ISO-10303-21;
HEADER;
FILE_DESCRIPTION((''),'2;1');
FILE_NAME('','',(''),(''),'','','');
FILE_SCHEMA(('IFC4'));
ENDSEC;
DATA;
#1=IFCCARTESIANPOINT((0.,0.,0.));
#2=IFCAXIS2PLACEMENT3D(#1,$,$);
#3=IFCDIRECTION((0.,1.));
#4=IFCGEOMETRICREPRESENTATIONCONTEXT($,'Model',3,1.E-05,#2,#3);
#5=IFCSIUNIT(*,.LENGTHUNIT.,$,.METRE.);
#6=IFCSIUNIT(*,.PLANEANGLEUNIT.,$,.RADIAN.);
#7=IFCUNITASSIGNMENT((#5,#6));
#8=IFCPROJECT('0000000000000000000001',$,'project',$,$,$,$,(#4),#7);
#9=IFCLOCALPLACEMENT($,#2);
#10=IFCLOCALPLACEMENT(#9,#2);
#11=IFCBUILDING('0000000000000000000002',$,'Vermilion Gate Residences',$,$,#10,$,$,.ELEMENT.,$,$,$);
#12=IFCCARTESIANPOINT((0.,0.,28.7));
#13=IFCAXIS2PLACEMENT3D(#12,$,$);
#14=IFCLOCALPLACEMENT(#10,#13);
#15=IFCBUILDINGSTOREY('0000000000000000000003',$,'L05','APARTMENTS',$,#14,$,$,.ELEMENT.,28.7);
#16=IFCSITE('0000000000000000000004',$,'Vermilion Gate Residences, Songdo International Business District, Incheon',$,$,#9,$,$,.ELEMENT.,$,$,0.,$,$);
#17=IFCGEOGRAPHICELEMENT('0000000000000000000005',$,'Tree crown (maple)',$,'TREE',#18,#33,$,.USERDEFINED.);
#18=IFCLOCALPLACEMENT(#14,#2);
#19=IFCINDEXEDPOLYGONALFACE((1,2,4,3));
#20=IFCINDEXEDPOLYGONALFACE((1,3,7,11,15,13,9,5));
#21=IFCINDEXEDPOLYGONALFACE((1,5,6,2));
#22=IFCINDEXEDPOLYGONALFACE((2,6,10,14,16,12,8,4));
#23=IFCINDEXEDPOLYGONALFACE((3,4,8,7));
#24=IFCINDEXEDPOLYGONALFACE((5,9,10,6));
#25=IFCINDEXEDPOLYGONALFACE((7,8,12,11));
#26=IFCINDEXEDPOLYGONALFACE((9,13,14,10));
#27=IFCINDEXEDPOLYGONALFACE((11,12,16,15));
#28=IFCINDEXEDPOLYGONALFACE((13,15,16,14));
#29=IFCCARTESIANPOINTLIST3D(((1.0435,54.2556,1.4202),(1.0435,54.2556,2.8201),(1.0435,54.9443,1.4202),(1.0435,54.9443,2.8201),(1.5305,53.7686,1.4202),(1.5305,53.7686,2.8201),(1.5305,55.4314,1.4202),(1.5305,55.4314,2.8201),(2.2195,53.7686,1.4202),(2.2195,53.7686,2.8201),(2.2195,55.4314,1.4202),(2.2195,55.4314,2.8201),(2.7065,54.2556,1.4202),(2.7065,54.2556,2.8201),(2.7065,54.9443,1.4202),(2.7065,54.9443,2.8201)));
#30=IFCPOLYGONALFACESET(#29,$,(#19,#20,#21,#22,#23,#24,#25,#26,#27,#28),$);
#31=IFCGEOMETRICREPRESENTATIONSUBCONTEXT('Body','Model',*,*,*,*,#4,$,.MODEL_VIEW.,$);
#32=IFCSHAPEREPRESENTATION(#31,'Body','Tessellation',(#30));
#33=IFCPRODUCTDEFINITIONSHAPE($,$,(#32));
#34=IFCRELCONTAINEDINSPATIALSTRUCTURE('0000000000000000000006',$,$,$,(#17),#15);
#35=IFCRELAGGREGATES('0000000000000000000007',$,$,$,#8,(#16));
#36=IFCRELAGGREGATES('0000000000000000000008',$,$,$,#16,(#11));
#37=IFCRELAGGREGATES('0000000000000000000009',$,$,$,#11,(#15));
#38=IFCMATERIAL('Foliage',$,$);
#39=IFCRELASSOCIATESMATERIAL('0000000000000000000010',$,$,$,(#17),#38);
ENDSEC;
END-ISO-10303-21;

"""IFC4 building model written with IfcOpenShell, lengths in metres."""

from ifc_helpers import new_model, si_unit, direction, frame, origin, place, context, subcontext, project, spatial, polyline, outline, extrude, material, element, save


model = new_model("IFC4")

# Units and contexts
model_context = context("Model", 3, precision=1e-05, world=origin(), true_north=direction((0.0, 1.0)))
body_context = subcontext(model_context, "Body", "Model", "MODEL_VIEW")
ifc_project = project(units=[si_unit("LENGTHUNIT", "METRE"), si_unit("PLANEANGLEUNIT", "RADIAN")], contexts=[model_context])

# Site, building, storey
site_placement = place(None, origin())
site = spatial("IfcSite", under=ifc_project, at=site_placement, Name="Vermilion Gate Residences, Songdo International Business District, Incheon", CompositionType="ELEMENT", RefElevation=0.0)
building_placement = place(site_placement, origin())
building = spatial("IfcBuilding", under=site, at=building_placement, Name="Vermilion Gate Residences", CompositionType="ELEMENT")
storey_placement = place(building_placement, frame((0.0, 0.0, 28.7)))
storey = spatial("IfcBuildingStorey", under=building, at=storey_placement, Name="L05", Description="APARTMENTS", CompositionType="ELEMENT", Elevation=28.7)

# Geographic element
ifc_material_1 = material(Name="Foliage")
geographic_element_1_placement = place(storey_placement, frame((0.0, 0.0, 1.4202)))
element("IfcGeographicElement", 1, at=geographic_element_1_placement, inside=storey, material=ifc_material_1, Name="Tree crown (maple)", ObjectType="TREE", PredefinedType="USERDEFINED", context=body_context, shape_type="SweptSolid", body=[
    extrude(outline(polyline([(2.7065, 54.9443), (2.2195, 55.4314), (1.5305, 55.4314), (1.0435, 54.9443), (1.0435, 54.2556), (1.5305, 53.7686), (2.2195, 53.7686), (2.7065, 54.2556), (2.7065, 54.9443)])), origin(), (0.0, 0.0, 1.0), 1.3999),
])

save(model, "model.ifc")
